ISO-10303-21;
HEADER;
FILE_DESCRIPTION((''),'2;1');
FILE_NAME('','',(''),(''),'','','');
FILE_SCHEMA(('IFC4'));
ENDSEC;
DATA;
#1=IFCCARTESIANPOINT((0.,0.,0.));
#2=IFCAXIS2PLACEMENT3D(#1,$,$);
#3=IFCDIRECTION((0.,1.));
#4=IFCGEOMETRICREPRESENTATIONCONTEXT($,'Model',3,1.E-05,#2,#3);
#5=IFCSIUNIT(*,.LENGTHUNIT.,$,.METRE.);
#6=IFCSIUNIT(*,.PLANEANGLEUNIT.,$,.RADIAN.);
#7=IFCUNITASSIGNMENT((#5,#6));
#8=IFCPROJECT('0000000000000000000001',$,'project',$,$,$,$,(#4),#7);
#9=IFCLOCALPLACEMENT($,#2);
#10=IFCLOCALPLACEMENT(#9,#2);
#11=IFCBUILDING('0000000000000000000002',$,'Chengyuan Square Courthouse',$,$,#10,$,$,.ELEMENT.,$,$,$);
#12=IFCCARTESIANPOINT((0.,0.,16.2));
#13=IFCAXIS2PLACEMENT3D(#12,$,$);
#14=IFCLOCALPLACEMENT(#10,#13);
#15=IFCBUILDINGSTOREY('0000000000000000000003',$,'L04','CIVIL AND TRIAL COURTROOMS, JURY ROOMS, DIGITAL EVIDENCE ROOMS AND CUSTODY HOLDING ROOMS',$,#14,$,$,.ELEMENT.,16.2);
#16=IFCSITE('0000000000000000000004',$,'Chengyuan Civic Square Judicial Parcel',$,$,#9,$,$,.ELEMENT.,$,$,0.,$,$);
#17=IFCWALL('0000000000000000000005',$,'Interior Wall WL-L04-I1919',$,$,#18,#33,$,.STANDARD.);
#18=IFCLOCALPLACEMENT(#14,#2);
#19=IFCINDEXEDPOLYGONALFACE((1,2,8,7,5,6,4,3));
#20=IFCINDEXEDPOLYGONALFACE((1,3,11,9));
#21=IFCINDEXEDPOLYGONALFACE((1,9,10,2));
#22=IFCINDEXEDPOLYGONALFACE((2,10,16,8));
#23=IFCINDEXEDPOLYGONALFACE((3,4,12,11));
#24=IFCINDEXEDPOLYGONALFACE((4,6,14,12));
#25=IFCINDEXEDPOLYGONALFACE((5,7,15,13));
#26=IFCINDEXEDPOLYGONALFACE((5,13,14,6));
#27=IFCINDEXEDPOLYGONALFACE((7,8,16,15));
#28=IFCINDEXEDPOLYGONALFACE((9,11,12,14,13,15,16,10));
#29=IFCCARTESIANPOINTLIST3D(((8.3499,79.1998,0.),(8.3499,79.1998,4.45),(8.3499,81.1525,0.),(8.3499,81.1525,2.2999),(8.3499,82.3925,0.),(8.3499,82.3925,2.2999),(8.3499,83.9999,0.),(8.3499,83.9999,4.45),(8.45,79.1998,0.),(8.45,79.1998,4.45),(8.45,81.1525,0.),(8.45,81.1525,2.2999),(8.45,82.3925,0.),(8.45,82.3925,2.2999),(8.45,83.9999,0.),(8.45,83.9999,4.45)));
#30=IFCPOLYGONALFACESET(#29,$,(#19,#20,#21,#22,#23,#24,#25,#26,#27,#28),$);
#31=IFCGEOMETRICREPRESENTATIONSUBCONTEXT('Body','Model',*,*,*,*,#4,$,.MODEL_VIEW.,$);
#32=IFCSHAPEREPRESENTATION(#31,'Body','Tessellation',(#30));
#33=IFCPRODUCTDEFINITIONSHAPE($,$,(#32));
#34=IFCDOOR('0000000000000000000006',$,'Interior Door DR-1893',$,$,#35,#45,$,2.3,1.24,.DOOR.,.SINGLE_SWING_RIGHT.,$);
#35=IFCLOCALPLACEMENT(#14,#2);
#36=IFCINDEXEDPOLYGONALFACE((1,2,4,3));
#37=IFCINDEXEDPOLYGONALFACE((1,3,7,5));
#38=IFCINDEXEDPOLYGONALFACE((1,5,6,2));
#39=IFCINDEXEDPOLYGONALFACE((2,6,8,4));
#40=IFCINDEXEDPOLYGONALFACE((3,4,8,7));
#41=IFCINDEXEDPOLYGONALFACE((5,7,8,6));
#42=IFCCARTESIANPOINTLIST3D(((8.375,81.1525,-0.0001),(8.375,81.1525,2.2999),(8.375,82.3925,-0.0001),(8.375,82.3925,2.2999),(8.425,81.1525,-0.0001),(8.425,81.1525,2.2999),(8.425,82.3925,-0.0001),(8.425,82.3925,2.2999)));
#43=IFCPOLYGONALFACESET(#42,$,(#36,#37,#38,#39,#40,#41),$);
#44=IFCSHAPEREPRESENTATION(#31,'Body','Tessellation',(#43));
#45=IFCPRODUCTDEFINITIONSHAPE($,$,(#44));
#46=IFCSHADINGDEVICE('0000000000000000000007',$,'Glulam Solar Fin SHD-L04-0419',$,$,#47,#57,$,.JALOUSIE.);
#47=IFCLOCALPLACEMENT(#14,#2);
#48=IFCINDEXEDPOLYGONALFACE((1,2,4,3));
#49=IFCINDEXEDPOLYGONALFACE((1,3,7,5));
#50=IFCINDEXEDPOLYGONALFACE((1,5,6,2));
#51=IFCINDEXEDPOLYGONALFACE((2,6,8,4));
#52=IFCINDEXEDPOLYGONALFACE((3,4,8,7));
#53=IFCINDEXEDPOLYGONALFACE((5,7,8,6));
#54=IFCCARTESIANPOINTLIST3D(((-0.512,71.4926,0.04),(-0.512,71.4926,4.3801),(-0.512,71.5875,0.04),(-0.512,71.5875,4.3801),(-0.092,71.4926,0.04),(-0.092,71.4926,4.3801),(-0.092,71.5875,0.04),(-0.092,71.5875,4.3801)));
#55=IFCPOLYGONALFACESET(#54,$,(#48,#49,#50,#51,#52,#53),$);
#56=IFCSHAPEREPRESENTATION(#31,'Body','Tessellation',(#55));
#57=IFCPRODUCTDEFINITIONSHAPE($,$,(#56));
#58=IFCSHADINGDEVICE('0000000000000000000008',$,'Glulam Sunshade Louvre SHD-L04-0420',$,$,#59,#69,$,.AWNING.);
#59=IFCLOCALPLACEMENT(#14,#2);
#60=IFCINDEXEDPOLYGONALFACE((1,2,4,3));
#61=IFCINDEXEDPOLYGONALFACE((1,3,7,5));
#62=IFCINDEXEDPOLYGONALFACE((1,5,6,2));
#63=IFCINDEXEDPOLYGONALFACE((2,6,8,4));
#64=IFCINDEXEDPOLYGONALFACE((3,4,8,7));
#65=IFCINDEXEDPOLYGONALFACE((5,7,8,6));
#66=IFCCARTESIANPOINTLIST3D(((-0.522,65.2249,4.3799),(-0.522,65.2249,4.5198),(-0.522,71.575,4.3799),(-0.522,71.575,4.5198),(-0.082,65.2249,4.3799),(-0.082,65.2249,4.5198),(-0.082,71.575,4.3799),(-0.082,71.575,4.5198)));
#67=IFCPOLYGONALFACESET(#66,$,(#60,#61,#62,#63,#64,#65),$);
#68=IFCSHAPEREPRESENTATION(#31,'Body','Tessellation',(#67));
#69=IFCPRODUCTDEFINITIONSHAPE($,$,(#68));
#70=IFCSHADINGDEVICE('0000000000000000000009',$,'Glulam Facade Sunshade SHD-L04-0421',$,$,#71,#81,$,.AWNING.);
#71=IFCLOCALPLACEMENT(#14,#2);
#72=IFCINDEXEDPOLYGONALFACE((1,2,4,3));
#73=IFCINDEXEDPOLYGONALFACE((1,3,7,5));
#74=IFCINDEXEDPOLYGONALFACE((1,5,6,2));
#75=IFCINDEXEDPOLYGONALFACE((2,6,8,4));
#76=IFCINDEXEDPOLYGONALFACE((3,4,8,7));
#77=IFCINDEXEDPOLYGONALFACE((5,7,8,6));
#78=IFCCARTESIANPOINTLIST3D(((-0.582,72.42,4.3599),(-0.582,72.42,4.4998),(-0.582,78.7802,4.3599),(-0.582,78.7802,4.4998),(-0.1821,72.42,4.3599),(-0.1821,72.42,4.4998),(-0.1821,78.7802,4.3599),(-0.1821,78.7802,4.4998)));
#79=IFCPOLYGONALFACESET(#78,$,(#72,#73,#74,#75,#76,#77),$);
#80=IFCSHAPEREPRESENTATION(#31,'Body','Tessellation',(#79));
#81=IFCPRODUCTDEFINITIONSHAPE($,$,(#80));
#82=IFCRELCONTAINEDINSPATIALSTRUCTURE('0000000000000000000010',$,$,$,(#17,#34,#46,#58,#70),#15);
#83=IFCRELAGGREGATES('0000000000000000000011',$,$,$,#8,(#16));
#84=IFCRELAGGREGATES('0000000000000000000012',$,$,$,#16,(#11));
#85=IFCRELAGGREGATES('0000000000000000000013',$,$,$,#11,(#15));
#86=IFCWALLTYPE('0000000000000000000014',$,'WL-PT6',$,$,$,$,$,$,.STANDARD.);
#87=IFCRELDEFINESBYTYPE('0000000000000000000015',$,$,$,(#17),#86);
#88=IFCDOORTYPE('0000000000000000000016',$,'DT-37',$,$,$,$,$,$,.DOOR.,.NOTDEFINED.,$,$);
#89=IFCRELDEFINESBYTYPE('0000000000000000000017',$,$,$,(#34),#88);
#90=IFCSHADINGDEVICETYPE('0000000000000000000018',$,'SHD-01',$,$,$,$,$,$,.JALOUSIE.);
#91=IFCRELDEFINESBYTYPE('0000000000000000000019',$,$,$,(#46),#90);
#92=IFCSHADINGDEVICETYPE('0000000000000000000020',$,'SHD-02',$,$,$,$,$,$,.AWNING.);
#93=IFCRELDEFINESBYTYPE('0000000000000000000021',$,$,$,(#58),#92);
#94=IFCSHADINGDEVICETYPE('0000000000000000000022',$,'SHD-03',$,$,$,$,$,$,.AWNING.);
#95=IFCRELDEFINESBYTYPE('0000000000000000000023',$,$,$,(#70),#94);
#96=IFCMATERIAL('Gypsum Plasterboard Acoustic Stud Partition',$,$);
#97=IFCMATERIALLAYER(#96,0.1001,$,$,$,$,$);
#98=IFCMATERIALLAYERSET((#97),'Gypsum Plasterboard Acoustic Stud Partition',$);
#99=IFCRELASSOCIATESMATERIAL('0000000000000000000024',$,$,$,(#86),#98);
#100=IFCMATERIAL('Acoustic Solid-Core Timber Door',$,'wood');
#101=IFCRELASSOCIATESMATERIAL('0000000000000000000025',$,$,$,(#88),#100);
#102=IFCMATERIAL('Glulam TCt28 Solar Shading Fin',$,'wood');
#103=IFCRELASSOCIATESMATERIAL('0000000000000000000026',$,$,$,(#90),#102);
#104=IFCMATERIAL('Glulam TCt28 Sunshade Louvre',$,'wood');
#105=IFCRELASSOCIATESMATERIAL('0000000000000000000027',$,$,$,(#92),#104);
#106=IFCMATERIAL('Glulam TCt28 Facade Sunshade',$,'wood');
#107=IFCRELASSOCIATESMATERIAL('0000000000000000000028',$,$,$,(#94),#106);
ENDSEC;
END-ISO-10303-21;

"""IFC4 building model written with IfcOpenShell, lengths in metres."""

from ifc_helpers import new_model, si_unit, direction, frame, frame_2d, origin, origin_2d, place, context, subcontext, project, spatial, rectangle, extrude, material, layer, layer_set, type_object, element, fill, save


model = new_model("IFC4")

# Units and contexts
model_context = context("Model", 3, precision=1e-05, world=origin(), true_north=direction((0.0, 1.0)))
body_context = subcontext(model_context, "Body", "Model", "MODEL_VIEW")
ifc_project = project(units=[si_unit("LENGTHUNIT", "METRE"), si_unit("PLANEANGLEUNIT", "RADIAN")], contexts=[model_context])

# Site, building, storey
site_placement = place(None, origin())
site = spatial("IfcSite", under=ifc_project, at=site_placement, Name="Chengyuan Civic Square Judicial Parcel", CompositionType="ELEMENT", RefElevation=0.0)
building_placement = place(site_placement, origin())
building = spatial("IfcBuilding", under=site, at=building_placement, Name="Chengyuan Square Courthouse", CompositionType="ELEMENT")
storey_placement = place(building_placement, frame((0.0, 0.0, 16.2)))
storey = spatial("IfcBuildingStorey", under=building, at=storey_placement, Name="L04", Description="CIVIL AND TRIAL COURTROOMS, JURY ROOMS, DIGITAL EVIDENCE ROOMS AND CUSTODY HOLDING ROOMS", CompositionType="ELEMENT", Elevation=16.2)

# Wall, opening, door
ifc_material_1 = material(Name="Gypsum Plasterboard Acoustic Stud Partition")
ifc_layer_1 = layer(ifc_material_1, 0.1001)
ifc_layer_set_1 = layer_set([ifc_layer_1], Name="Gypsum Plasterboard Acoustic Stud Partition")
wall_type_1 = type_object("IfcWallType", Name="WL-PT6", PredefinedType="STANDARD", material=ifc_layer_set_1)
ifc_material_2 = material(Name="Acoustic Solid-Core Timber Door", Category="wood")
wall_1_placement = place(storey_placement, frame((8.3999, 79.2, 0.0), z_axis=(0.0, 0.0, 1.0), x_axis=(0.0, 1.0, 0.0)))
wall_1 = element("IfcWall", 1, at=wall_1_placement, inside=storey, type_object=wall_type_1, Name="Interior Wall WL-L04-I1919", PredefinedType="STANDARD", context=body_context, shape_type="SweptSolid", body=[
    extrude(rectangle(XDim=4.8, YDim=0.1001, at=frame_2d((2.3999, 0.0))), origin(), (0.0, 0.0, 1.0), 4.45),
])
opening_1_placement = place(wall_1_placement, frame((1.9524, 0.0, 0.0)))
opening_1 = element("IfcOpeningElement", 2, at=opening_1_placement, cuts=wall_1, PredefinedType="OPENING", context=body_context, shape_type="SweptSolid", body=[
    extrude(rectangle(XDim=1.24, YDim=2.3, at=frame_2d((0.6201, 1.1499))), frame((0.0, 0.062, 0.0), z_axis=(0.0, -1.0, 0.0), x_axis=(1.0, 0.0, 0.0)), (0.0, 0.0, 1.0), 0.124),
])
door_type_1 = type_object("IfcDoorType", Name="DT-37", OperationType="NOTDEFINED", PredefinedType="DOOR", material=ifc_material_2)
door_1_placement = place(opening_1_placement, origin())
door_1 = element("IfcDoor", 3, at=door_1_placement, inside=storey, type_object=door_type_1, Name="Interior Door DR-1893", OperationType="SINGLE_SWING_RIGHT", OverallHeight=2.3, OverallWidth=1.24, PredefinedType="DOOR", context=body_context, shape_type="SweptSolid", body=[
    extrude(rectangle(XDim=1.24, YDim=2.3, at=frame_2d((0.6201, 1.1499))), frame((0.0, 0.0249, 0.0), z_axis=(0.0, -1.0, 0.0), x_axis=(1.0, 0.0, 0.0)), (0.0, 0.0, 1.0), 0.05),
])
fill(opening_1, door_1)

# Shading devices
ifc_material_3 = material(Name="Glulam TCt28 Solar Shading Fin", Category="wood")
shading_device_type_1 = type_object("IfcShadingDeviceType", Name="SHD-01", PredefinedType="JALOUSIE", material=ifc_material_3)
shading_device_1_placement = place(storey_placement, frame((-0.302, 71.54, 0.04), z_axis=(0.0, 0.0, 1.0), x_axis=(1.0, 0.0, 0.0)))
element("IfcShadingDevice", 4, at=shading_device_1_placement, inside=storey, type_object=shading_device_type_1, Name="Glulam Solar Fin SHD-L04-0419", PredefinedType="JALOUSIE", context=body_context, shape_type="SweptSolid", body=[
    extrude(rectangle(XDim=0.4199, YDim=0.095, at=origin_2d()), origin(), (0.0, 0.0, 1.0), 4.3401),
])
ifc_material_4 = material(Name="Glulam TCt28 Sunshade Louvre", Category="wood")
shading_device_type_2 = type_object("IfcShadingDeviceType", Name="SHD-02", PredefinedType="AWNING", material=ifc_material_4)
shading_device_2_placement = place(storey_placement, frame((-0.302, 68.3999, 4.3799), z_axis=(0.0, 0.0, 1.0), x_axis=(0.0, 1.0, 0.0)))
element("IfcShadingDevice", 5, at=shading_device_2_placement, inside=storey, type_object=shading_device_type_2, Name="Glulam Sunshade Louvre SHD-L04-0420", PredefinedType="AWNING", context=body_context, shape_type="SweptSolid", body=[
    extrude(rectangle(XDim=6.3501, YDim=0.4399, at=origin_2d()), origin(), (0.0, 0.0, 1.0), 0.1399),
])
ifc_material_5 = material(Name="Glulam TCt28 Facade Sunshade", Category="wood")
shading_device_type_3 = type_object("IfcShadingDeviceType", Name="SHD-03", PredefinedType="AWNING", material=ifc_material_5)
shading_device_3_placement = place(storey_placement, frame((-0.3821, 75.6001, 4.3599), z_axis=(0.0, 0.0, 1.0), x_axis=(0.0, 1.0, 0.0)))
element("IfcShadingDevice", 6, at=shading_device_3_placement, inside=storey, type_object=shading_device_type_3, Name="Glulam Facade Sunshade SHD-L04-0421", PredefinedType="AWNING", context=body_context, shape_type="SweptSolid", body=[
    extrude(rectangle(XDim=6.3601, YDim=0.3999, at=origin_2d()), origin(), (0.0, 0.0, 1.0), 0.1399),
])

save(model, "model.ifc")
